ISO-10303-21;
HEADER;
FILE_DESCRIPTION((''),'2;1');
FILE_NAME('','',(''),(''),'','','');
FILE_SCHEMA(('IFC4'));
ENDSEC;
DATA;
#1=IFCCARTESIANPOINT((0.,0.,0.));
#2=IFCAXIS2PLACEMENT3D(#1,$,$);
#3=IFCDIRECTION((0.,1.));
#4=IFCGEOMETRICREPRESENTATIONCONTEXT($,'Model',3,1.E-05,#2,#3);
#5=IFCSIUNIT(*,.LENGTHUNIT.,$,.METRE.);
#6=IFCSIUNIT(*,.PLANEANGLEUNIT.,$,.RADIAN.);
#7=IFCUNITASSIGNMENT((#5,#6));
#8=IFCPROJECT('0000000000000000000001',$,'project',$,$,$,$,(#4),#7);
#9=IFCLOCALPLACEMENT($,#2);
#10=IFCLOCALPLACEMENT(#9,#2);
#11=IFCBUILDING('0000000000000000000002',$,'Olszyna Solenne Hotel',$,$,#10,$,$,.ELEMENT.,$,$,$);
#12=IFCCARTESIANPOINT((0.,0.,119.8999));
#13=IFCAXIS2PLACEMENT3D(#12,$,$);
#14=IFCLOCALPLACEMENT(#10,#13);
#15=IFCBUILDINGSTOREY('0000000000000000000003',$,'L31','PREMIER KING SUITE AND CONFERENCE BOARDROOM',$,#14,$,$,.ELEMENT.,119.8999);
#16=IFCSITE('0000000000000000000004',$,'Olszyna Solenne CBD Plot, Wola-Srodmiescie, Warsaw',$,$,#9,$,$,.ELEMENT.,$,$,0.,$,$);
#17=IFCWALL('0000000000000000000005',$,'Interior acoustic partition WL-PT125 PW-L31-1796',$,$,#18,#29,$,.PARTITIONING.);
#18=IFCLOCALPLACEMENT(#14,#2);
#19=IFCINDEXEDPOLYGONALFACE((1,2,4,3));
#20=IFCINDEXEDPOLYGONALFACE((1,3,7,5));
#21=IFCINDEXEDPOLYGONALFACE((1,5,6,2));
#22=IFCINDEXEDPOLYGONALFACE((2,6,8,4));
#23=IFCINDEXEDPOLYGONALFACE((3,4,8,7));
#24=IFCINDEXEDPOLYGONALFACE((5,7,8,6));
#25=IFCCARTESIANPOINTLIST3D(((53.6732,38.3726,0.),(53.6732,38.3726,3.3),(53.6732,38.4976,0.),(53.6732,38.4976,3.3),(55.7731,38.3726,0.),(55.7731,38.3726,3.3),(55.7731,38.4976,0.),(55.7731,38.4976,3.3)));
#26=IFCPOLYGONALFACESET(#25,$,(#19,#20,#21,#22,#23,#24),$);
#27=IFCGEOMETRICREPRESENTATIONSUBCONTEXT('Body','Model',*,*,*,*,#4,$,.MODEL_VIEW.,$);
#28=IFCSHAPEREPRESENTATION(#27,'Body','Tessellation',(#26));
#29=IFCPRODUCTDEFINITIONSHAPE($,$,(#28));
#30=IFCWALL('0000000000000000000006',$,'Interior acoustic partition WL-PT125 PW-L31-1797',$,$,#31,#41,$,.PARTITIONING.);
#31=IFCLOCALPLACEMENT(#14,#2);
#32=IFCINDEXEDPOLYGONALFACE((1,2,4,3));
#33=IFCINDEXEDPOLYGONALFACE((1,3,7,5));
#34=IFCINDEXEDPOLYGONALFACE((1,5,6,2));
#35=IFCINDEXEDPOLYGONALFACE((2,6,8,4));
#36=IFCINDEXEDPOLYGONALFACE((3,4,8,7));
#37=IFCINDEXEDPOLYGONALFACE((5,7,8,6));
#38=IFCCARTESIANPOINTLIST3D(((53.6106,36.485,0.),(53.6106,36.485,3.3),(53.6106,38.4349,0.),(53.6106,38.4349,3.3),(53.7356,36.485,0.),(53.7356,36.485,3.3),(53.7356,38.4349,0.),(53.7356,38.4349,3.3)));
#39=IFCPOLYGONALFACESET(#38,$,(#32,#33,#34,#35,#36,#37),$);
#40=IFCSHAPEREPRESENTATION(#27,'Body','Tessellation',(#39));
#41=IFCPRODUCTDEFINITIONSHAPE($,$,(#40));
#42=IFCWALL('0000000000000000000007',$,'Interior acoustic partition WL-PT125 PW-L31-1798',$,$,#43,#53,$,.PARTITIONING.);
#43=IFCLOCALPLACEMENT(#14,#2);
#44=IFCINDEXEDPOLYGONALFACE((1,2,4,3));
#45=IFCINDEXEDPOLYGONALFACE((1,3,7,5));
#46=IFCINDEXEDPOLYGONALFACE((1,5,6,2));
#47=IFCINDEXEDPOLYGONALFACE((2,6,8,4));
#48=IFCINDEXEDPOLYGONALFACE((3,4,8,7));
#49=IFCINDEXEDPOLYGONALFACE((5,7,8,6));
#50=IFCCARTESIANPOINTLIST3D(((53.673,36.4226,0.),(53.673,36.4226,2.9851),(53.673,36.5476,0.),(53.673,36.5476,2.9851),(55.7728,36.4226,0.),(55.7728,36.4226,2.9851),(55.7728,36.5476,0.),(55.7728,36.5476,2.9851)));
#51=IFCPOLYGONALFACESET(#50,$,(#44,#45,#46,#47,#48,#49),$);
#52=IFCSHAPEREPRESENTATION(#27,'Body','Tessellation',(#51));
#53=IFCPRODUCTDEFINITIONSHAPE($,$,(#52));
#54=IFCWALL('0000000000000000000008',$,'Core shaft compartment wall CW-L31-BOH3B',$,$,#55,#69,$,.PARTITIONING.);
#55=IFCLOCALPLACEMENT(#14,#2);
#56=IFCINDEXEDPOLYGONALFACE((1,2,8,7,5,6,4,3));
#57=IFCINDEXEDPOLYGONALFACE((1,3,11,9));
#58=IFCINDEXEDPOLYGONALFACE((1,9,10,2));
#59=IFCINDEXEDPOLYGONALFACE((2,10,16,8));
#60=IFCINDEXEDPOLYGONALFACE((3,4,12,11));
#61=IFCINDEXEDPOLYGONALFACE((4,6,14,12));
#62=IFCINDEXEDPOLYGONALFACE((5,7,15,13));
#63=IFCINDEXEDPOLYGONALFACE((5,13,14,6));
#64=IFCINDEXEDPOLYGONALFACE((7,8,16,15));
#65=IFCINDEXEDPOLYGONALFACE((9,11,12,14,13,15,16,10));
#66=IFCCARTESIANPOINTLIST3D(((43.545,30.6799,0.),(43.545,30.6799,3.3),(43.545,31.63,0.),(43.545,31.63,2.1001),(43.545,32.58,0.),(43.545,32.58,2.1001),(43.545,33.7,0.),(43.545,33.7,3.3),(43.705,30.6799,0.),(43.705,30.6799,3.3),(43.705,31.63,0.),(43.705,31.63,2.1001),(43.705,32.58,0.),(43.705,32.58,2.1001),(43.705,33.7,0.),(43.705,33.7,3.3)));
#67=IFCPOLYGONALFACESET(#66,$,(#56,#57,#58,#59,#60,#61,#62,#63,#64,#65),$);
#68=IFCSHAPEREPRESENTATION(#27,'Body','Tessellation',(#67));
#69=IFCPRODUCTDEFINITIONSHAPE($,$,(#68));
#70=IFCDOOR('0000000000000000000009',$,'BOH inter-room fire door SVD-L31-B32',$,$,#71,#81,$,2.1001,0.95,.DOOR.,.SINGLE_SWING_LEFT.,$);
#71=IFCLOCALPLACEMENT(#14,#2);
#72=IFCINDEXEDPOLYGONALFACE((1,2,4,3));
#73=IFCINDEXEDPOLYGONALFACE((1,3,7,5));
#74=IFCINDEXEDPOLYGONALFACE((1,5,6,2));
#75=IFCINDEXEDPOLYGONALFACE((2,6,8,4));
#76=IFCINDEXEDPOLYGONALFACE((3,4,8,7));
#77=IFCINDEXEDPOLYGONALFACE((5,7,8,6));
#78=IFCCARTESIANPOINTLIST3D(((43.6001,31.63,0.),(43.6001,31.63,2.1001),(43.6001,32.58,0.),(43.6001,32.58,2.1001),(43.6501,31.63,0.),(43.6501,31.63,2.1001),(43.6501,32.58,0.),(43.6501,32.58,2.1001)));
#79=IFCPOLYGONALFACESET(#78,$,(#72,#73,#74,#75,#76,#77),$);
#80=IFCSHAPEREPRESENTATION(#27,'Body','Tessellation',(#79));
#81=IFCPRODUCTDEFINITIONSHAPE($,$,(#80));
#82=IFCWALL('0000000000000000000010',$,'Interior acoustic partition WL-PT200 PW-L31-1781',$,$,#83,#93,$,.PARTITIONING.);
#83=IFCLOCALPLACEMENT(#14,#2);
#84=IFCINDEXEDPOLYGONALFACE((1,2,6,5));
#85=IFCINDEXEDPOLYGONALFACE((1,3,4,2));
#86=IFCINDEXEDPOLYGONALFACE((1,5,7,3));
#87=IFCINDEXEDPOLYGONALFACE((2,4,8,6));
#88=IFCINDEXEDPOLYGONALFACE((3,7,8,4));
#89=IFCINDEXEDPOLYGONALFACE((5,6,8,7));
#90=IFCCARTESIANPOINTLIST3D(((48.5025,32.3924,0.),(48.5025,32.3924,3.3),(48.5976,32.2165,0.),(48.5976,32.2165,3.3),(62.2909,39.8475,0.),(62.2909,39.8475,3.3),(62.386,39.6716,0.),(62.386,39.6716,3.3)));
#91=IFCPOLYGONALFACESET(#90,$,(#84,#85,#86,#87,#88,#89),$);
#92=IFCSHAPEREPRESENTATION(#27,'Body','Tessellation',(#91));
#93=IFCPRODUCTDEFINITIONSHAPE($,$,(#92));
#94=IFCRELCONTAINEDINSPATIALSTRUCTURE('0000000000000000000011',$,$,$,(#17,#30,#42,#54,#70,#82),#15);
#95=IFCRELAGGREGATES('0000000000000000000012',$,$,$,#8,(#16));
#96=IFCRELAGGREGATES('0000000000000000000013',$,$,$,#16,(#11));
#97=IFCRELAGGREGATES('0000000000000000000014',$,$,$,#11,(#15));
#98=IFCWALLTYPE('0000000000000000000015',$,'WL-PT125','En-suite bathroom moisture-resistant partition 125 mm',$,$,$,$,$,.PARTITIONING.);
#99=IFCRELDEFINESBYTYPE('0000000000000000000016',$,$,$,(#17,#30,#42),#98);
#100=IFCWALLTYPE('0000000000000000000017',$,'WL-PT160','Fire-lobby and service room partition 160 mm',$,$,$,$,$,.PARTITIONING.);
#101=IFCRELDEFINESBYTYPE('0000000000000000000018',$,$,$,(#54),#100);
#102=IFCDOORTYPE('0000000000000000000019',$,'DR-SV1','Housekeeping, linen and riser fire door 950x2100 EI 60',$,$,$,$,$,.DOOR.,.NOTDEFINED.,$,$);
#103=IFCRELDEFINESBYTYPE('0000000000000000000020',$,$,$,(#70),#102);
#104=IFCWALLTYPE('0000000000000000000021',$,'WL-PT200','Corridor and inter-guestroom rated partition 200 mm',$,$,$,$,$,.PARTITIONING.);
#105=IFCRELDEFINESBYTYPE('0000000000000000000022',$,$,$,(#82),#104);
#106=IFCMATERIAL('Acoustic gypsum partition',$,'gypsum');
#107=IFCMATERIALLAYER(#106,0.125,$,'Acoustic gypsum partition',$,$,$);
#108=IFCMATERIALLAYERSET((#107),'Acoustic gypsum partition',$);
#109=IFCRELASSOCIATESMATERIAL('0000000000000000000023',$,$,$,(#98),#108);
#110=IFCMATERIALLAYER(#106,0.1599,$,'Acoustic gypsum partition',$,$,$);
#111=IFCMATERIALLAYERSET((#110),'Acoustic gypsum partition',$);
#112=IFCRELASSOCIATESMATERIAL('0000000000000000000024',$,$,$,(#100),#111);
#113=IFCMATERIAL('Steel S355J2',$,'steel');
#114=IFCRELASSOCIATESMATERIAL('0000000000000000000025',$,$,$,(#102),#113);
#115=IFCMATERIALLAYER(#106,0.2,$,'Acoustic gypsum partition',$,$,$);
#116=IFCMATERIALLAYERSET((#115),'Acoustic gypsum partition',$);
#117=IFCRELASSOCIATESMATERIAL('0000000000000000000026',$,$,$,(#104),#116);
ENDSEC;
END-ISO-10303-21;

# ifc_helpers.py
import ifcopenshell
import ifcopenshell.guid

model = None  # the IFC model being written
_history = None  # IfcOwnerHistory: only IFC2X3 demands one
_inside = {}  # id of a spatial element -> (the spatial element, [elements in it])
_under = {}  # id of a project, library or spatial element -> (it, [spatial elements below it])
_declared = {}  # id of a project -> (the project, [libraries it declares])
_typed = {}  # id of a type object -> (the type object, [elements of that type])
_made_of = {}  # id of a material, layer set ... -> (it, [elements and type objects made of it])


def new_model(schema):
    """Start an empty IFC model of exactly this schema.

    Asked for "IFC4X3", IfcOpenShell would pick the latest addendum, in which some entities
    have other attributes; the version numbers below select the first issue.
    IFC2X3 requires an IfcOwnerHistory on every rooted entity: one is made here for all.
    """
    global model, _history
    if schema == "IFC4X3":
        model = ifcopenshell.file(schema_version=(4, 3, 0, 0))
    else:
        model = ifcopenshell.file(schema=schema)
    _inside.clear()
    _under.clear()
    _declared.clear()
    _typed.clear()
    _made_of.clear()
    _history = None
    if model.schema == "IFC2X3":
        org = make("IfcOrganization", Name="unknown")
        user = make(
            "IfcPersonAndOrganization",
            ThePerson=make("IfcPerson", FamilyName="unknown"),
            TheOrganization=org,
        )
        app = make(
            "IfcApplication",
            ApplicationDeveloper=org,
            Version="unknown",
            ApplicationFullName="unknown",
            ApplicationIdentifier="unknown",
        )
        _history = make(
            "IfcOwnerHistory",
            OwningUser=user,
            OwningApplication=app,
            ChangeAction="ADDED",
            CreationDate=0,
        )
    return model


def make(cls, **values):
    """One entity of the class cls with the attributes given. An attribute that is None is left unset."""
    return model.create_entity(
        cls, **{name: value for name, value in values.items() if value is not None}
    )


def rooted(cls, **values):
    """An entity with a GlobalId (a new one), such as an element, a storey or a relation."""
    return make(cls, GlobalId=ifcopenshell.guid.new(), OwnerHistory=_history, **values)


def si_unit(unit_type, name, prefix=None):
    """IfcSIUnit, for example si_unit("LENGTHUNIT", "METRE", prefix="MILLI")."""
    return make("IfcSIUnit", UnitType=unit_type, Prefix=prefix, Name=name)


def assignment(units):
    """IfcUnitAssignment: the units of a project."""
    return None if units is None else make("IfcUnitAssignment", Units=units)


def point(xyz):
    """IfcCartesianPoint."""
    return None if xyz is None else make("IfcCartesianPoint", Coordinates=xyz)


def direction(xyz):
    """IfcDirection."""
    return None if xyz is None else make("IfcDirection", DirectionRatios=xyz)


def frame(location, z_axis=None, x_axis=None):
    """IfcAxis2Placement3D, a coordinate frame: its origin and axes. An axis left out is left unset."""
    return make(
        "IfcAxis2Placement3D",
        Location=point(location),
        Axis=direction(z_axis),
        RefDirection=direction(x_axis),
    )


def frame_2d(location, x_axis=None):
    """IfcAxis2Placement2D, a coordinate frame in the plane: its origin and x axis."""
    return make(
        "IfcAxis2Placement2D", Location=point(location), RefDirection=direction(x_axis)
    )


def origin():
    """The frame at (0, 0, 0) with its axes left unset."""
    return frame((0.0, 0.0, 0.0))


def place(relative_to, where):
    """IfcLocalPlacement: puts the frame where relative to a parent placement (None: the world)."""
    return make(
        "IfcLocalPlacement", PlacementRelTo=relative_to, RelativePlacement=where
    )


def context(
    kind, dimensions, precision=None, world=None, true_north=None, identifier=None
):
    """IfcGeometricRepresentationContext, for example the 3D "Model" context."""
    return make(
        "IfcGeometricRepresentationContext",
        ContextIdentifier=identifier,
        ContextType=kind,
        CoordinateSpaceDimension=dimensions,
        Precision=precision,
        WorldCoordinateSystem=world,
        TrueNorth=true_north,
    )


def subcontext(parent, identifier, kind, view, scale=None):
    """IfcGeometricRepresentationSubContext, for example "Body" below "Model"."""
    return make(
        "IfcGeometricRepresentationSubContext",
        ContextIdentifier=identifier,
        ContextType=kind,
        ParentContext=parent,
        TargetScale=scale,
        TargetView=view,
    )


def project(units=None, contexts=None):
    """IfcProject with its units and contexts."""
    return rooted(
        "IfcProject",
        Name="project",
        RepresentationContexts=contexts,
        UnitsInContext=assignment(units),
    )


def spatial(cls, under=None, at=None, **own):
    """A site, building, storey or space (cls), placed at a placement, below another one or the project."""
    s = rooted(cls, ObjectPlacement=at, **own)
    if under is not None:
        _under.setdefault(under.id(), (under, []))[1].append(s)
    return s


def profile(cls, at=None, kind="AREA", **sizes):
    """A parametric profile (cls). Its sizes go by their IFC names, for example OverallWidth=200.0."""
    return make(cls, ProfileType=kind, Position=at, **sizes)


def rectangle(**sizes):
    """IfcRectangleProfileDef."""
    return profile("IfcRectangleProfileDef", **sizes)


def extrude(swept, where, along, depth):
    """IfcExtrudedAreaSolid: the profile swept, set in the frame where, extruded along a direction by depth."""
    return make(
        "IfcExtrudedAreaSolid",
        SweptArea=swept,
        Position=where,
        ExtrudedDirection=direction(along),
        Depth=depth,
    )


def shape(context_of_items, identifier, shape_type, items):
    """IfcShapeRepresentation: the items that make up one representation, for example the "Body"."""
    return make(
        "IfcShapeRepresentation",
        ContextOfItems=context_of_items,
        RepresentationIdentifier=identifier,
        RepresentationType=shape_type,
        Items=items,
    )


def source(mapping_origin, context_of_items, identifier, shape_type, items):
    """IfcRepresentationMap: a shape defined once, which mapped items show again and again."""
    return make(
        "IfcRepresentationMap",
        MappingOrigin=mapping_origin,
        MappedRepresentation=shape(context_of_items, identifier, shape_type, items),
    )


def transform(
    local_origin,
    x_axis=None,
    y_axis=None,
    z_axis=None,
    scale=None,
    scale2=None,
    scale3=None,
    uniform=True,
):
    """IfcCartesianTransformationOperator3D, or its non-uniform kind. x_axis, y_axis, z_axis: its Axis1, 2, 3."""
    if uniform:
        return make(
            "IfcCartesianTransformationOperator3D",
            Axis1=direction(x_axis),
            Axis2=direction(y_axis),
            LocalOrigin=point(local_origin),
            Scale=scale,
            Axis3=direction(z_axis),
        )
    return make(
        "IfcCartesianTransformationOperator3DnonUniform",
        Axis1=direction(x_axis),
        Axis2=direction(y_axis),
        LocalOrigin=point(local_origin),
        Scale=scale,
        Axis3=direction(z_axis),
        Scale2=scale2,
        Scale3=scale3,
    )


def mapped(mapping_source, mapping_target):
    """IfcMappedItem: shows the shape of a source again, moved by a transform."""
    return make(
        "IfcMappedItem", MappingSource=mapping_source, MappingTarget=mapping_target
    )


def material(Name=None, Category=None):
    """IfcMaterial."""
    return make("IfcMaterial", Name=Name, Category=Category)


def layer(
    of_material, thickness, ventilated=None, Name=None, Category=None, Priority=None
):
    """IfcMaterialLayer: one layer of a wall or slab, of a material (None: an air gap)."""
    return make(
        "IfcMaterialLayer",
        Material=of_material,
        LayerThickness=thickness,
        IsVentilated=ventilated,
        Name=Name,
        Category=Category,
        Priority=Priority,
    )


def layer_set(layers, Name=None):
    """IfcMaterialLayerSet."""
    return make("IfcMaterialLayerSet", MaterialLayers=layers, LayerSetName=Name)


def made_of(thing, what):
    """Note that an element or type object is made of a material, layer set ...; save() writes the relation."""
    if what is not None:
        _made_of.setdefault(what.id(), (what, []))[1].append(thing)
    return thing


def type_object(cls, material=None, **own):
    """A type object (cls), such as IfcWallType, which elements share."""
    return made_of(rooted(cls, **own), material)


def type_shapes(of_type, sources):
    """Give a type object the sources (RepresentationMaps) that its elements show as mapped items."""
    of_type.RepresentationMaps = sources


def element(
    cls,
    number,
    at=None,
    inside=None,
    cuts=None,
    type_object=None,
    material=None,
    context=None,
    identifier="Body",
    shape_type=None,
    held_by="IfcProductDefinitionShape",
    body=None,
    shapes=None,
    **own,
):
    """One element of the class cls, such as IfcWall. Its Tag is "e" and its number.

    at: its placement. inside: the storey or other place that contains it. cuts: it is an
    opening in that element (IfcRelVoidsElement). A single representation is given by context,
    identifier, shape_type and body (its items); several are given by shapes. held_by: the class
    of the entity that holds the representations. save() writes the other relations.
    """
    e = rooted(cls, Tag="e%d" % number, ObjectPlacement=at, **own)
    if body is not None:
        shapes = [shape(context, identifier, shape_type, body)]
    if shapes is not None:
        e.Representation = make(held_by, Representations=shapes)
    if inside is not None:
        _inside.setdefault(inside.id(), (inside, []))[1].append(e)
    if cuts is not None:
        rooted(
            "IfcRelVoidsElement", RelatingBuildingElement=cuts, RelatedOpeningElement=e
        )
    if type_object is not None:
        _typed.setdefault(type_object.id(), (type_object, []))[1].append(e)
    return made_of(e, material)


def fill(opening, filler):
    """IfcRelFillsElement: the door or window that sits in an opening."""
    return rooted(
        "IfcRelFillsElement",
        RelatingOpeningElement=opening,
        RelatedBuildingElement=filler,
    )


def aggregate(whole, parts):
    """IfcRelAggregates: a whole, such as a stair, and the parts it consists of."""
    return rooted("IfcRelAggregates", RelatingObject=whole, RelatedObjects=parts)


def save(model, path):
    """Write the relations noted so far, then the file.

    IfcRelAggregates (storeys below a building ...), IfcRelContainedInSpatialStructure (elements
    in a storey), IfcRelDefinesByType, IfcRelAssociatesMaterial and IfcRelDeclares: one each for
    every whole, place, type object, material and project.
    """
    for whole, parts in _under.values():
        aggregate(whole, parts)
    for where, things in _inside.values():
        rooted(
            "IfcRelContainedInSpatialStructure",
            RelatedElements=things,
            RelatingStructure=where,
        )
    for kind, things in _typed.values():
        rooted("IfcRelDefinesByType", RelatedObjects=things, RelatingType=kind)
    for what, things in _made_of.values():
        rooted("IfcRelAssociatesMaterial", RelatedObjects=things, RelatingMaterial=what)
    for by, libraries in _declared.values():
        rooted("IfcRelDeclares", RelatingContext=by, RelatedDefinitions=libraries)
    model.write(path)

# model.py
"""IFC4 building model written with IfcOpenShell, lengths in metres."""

from ifc_helpers import new_model, si_unit, direction, frame, frame_2d, origin, place, context, subcontext, project, spatial, rectangle, extrude, source, transform, mapped, material, layer, layer_set, type_object, type_shapes, element, fill, save


model = new_model("IFC4")

# Units and contexts
model_context = context("Model", 3, precision=1e-05, world=origin(), true_north=direction((0.0, 1.0)))
body_context = subcontext(model_context, "Body", "Model", "MODEL_VIEW")
ifc_project = project(units=[si_unit("LENGTHUNIT", "METRE"), si_unit("PLANEANGLEUNIT", "RADIAN")], contexts=[model_context])

# Site, building, storey
site_placement = place(None, origin())
site = spatial("IfcSite", under=ifc_project, at=site_placement, Name="Olszyna Solenne CBD Plot, Wola-Srodmiescie, Warsaw", CompositionType="ELEMENT", RefElevation=0.0)
building_placement = place(site_placement, origin())
building = spatial("IfcBuilding", under=site, at=building_placement, Name="Olszyna Solenne Hotel", CompositionType="ELEMENT")
storey_placement = place(building_placement, frame((0.0, 0.0, 119.8999)))
storey = spatial("IfcBuildingStorey", under=building, at=storey_placement, Name="L31", Description="PREMIER KING SUITE AND CONFERENCE BOARDROOM", CompositionType="ELEMENT", Elevation=119.8999)

# Shared definitions
ifc_material_1 = material(Name="Steel S355J2", Category="steel")

# Shared definitions
ifc_material_2 = material(Name="Acoustic gypsum partition", Category="gypsum")
ifc_layer_1 = layer(ifc_material_2, 0.125, Name="Acoustic gypsum partition")
ifc_layer_set_1 = layer_set([ifc_layer_1], Name="Acoustic gypsum partition")
wall_type_1 = type_object("IfcWallType", Name="WL-PT125", Description="En-suite bathroom moisture-resistant partition 125 mm", PredefinedType="PARTITIONING", material=ifc_layer_set_1)

# Walls
wall_1_placement = place(storey_placement, frame((55.7729, 38.4351, 0.0), z_axis=(0.0, 0.0, 1.0), x_axis=(-1.0, 0.0, 0.0)))
element("IfcWall", 1, at=wall_1_placement, inside=storey, type_object=wall_type_1, Name="Interior acoustic partition WL-PT125 PW-L31-1796", PredefinedType="PARTITIONING", context=body_context, shape_type="SweptSolid", body=[
    extrude(rectangle(XDim=2.0999, YDim=0.125, at=frame_2d((1.0498, 0.0))), origin(), (0.0, 0.0, 1.0), 3.3),
])
wall_2_placement = place(storey_placement, frame((53.6731, 38.4351, 0.0), z_axis=(0.0, 0.0, 1.0), x_axis=(0.0, -1.0, 0.0)))
element("IfcWall", 2, at=wall_2_placement, inside=storey, type_object=wall_type_1, Name="Interior acoustic partition WL-PT125 PW-L31-1797", PredefinedType="PARTITIONING", context=body_context, shape_type="SweptSolid", body=[
    extrude(rectangle(XDim=1.95, YDim=0.125, at=frame_2d((0.9751, 0.0))), origin(), (0.0, 0.0, 1.0), 3.3),
])
wall_3_placement = place(storey_placement, frame((53.6731, 36.4851, 0.0), z_axis=(0.0, 0.0, 1.0), x_axis=(1.0, 0.0, 0.0)))
element("IfcWall", 3, at=wall_3_placement, inside=storey, type_object=wall_type_1, Name="Interior acoustic partition WL-PT125 PW-L31-1798", PredefinedType="PARTITIONING", context=body_context, shape_type="SweptSolid", body=[
    extrude(rectangle(XDim=2.0999, YDim=0.125, at=frame_2d((1.0498, 0.0))), origin(), (0.0, 0.0, 1.0), 2.9851),
])

# Wall, opening, door
ifc_layer_2 = layer(ifc_material_2, 0.1599, Name="Acoustic gypsum partition")
ifc_layer_set_2 = layer_set([ifc_layer_2], Name="Acoustic gypsum partition")
wall_type_2 = type_object("IfcWallType", Name="WL-PT160", Description="Fire-lobby and service room partition 160 mm", PredefinedType="PARTITIONING", material=ifc_layer_set_2)
wall_4_placement = place(storey_placement, frame((43.625, 30.6799, 0.0), z_axis=(0.0, 0.0, 1.0), x_axis=(0.0, 1.0, 0.0)))
wall_4 = element("IfcWall", 4, at=wall_4_placement, inside=storey, type_object=wall_type_2, Name="Core shaft compartment wall CW-L31-BOH3B", PredefinedType="PARTITIONING", context=body_context, shape_type="SweptSolid", body=[
    extrude(rectangle(XDim=3.02, YDim=0.1599, at=frame_2d((1.51, 0.0))), origin(), (0.0, 0.0, 1.0), 3.3),
])
opening_1_placement = place(wall_4_placement, frame((0.95, 0.0, 0.0)))
opening_1 = element("IfcOpeningElement", 5, at=opening_1_placement, cuts=wall_4, PredefinedType="OPENING", context=body_context, shape_type="SweptSolid", body=[
    extrude(rectangle(XDim=0.95, YDim=2.1001, at=frame_2d((0.4751, 1.05))), frame((0.0, 0.0898, 0.0), z_axis=(0.0, -1.0, 0.0), x_axis=(1.0, 0.0, 0.0)), (0.0, 0.0, 1.0), 0.1799),
])
door_type_1 = type_object("IfcDoorType", Name="DR-SV1", Description="Housekeeping, linen and riser fire door 950x2100 EI 60", OperationType="NOTDEFINED", PredefinedType="DOOR", material=ifc_material_1)
shared_shape_1 = source(origin(), body_context, "Body", "SweptSolid", [
    extrude(rectangle(XDim=0.95, YDim=2.1001, at=frame_2d((0.4751, 1.05))), frame((0.0, 0.0249, 0.0), z_axis=(0.0, -1.0, 0.0), x_axis=(1.0, 0.0, 0.0)), (0.0, 0.0, 1.0), 0.05),
])
type_shapes(door_type_1, [shared_shape_1])
door_1_placement = place(opening_1_placement, origin())
door_1 = element("IfcDoor", 6, at=door_1_placement, inside=storey, type_object=door_type_1, Name="BOH inter-room fire door SVD-L31-B32", OperationType="SINGLE_SWING_LEFT", OverallHeight=2.1001, OverallWidth=0.95, PredefinedType="DOOR", context=body_context, shape_type="MappedRepresentation", body=[
    mapped(shared_shape_1, transform((0.0, 0.0, 0.0), x_axis=(1.0, 0.0, 0.0), y_axis=(0.0, 1.0, 0.0), z_axis=(0.0, 0.0, 1.0), scale=1.0)),
])
fill(opening_1, door_1)

# Wall
ifc_layer_3 = layer(ifc_material_2, 0.2, Name="Acoustic gypsum partition")
ifc_layer_set_3 = layer_set([ifc_layer_3], Name="Acoustic gypsum partition")
wall_type_3 = type_object("IfcWallType", Name="WL-PT200", Description="Corridor and inter-guestroom rated partition 200 mm", PredefinedType="PARTITIONING", material=ifc_layer_set_3)
wall_5_placement = place(storey_placement, frame((48.55, 32.3044, 0.0), z_axis=(0.0, 0.0, 1.0), x_axis=(0.879655, 0.475612, 0.0)))
element("IfcWall", 7, at=wall_5_placement, inside=storey, type_object=wall_type_3, Name="Interior acoustic partition WL-PT200 PW-L31-1781", PredefinedType="PARTITIONING", context=body_context, shape_type="SweptSolid", body=[
    extrude(rectangle(XDim=15.6748, YDim=0.2, at=frame_2d((7.8374, 0.0))), origin(), (0.0, 0.0, 1.0), 3.3),
])

save(model, "model.ifc")
